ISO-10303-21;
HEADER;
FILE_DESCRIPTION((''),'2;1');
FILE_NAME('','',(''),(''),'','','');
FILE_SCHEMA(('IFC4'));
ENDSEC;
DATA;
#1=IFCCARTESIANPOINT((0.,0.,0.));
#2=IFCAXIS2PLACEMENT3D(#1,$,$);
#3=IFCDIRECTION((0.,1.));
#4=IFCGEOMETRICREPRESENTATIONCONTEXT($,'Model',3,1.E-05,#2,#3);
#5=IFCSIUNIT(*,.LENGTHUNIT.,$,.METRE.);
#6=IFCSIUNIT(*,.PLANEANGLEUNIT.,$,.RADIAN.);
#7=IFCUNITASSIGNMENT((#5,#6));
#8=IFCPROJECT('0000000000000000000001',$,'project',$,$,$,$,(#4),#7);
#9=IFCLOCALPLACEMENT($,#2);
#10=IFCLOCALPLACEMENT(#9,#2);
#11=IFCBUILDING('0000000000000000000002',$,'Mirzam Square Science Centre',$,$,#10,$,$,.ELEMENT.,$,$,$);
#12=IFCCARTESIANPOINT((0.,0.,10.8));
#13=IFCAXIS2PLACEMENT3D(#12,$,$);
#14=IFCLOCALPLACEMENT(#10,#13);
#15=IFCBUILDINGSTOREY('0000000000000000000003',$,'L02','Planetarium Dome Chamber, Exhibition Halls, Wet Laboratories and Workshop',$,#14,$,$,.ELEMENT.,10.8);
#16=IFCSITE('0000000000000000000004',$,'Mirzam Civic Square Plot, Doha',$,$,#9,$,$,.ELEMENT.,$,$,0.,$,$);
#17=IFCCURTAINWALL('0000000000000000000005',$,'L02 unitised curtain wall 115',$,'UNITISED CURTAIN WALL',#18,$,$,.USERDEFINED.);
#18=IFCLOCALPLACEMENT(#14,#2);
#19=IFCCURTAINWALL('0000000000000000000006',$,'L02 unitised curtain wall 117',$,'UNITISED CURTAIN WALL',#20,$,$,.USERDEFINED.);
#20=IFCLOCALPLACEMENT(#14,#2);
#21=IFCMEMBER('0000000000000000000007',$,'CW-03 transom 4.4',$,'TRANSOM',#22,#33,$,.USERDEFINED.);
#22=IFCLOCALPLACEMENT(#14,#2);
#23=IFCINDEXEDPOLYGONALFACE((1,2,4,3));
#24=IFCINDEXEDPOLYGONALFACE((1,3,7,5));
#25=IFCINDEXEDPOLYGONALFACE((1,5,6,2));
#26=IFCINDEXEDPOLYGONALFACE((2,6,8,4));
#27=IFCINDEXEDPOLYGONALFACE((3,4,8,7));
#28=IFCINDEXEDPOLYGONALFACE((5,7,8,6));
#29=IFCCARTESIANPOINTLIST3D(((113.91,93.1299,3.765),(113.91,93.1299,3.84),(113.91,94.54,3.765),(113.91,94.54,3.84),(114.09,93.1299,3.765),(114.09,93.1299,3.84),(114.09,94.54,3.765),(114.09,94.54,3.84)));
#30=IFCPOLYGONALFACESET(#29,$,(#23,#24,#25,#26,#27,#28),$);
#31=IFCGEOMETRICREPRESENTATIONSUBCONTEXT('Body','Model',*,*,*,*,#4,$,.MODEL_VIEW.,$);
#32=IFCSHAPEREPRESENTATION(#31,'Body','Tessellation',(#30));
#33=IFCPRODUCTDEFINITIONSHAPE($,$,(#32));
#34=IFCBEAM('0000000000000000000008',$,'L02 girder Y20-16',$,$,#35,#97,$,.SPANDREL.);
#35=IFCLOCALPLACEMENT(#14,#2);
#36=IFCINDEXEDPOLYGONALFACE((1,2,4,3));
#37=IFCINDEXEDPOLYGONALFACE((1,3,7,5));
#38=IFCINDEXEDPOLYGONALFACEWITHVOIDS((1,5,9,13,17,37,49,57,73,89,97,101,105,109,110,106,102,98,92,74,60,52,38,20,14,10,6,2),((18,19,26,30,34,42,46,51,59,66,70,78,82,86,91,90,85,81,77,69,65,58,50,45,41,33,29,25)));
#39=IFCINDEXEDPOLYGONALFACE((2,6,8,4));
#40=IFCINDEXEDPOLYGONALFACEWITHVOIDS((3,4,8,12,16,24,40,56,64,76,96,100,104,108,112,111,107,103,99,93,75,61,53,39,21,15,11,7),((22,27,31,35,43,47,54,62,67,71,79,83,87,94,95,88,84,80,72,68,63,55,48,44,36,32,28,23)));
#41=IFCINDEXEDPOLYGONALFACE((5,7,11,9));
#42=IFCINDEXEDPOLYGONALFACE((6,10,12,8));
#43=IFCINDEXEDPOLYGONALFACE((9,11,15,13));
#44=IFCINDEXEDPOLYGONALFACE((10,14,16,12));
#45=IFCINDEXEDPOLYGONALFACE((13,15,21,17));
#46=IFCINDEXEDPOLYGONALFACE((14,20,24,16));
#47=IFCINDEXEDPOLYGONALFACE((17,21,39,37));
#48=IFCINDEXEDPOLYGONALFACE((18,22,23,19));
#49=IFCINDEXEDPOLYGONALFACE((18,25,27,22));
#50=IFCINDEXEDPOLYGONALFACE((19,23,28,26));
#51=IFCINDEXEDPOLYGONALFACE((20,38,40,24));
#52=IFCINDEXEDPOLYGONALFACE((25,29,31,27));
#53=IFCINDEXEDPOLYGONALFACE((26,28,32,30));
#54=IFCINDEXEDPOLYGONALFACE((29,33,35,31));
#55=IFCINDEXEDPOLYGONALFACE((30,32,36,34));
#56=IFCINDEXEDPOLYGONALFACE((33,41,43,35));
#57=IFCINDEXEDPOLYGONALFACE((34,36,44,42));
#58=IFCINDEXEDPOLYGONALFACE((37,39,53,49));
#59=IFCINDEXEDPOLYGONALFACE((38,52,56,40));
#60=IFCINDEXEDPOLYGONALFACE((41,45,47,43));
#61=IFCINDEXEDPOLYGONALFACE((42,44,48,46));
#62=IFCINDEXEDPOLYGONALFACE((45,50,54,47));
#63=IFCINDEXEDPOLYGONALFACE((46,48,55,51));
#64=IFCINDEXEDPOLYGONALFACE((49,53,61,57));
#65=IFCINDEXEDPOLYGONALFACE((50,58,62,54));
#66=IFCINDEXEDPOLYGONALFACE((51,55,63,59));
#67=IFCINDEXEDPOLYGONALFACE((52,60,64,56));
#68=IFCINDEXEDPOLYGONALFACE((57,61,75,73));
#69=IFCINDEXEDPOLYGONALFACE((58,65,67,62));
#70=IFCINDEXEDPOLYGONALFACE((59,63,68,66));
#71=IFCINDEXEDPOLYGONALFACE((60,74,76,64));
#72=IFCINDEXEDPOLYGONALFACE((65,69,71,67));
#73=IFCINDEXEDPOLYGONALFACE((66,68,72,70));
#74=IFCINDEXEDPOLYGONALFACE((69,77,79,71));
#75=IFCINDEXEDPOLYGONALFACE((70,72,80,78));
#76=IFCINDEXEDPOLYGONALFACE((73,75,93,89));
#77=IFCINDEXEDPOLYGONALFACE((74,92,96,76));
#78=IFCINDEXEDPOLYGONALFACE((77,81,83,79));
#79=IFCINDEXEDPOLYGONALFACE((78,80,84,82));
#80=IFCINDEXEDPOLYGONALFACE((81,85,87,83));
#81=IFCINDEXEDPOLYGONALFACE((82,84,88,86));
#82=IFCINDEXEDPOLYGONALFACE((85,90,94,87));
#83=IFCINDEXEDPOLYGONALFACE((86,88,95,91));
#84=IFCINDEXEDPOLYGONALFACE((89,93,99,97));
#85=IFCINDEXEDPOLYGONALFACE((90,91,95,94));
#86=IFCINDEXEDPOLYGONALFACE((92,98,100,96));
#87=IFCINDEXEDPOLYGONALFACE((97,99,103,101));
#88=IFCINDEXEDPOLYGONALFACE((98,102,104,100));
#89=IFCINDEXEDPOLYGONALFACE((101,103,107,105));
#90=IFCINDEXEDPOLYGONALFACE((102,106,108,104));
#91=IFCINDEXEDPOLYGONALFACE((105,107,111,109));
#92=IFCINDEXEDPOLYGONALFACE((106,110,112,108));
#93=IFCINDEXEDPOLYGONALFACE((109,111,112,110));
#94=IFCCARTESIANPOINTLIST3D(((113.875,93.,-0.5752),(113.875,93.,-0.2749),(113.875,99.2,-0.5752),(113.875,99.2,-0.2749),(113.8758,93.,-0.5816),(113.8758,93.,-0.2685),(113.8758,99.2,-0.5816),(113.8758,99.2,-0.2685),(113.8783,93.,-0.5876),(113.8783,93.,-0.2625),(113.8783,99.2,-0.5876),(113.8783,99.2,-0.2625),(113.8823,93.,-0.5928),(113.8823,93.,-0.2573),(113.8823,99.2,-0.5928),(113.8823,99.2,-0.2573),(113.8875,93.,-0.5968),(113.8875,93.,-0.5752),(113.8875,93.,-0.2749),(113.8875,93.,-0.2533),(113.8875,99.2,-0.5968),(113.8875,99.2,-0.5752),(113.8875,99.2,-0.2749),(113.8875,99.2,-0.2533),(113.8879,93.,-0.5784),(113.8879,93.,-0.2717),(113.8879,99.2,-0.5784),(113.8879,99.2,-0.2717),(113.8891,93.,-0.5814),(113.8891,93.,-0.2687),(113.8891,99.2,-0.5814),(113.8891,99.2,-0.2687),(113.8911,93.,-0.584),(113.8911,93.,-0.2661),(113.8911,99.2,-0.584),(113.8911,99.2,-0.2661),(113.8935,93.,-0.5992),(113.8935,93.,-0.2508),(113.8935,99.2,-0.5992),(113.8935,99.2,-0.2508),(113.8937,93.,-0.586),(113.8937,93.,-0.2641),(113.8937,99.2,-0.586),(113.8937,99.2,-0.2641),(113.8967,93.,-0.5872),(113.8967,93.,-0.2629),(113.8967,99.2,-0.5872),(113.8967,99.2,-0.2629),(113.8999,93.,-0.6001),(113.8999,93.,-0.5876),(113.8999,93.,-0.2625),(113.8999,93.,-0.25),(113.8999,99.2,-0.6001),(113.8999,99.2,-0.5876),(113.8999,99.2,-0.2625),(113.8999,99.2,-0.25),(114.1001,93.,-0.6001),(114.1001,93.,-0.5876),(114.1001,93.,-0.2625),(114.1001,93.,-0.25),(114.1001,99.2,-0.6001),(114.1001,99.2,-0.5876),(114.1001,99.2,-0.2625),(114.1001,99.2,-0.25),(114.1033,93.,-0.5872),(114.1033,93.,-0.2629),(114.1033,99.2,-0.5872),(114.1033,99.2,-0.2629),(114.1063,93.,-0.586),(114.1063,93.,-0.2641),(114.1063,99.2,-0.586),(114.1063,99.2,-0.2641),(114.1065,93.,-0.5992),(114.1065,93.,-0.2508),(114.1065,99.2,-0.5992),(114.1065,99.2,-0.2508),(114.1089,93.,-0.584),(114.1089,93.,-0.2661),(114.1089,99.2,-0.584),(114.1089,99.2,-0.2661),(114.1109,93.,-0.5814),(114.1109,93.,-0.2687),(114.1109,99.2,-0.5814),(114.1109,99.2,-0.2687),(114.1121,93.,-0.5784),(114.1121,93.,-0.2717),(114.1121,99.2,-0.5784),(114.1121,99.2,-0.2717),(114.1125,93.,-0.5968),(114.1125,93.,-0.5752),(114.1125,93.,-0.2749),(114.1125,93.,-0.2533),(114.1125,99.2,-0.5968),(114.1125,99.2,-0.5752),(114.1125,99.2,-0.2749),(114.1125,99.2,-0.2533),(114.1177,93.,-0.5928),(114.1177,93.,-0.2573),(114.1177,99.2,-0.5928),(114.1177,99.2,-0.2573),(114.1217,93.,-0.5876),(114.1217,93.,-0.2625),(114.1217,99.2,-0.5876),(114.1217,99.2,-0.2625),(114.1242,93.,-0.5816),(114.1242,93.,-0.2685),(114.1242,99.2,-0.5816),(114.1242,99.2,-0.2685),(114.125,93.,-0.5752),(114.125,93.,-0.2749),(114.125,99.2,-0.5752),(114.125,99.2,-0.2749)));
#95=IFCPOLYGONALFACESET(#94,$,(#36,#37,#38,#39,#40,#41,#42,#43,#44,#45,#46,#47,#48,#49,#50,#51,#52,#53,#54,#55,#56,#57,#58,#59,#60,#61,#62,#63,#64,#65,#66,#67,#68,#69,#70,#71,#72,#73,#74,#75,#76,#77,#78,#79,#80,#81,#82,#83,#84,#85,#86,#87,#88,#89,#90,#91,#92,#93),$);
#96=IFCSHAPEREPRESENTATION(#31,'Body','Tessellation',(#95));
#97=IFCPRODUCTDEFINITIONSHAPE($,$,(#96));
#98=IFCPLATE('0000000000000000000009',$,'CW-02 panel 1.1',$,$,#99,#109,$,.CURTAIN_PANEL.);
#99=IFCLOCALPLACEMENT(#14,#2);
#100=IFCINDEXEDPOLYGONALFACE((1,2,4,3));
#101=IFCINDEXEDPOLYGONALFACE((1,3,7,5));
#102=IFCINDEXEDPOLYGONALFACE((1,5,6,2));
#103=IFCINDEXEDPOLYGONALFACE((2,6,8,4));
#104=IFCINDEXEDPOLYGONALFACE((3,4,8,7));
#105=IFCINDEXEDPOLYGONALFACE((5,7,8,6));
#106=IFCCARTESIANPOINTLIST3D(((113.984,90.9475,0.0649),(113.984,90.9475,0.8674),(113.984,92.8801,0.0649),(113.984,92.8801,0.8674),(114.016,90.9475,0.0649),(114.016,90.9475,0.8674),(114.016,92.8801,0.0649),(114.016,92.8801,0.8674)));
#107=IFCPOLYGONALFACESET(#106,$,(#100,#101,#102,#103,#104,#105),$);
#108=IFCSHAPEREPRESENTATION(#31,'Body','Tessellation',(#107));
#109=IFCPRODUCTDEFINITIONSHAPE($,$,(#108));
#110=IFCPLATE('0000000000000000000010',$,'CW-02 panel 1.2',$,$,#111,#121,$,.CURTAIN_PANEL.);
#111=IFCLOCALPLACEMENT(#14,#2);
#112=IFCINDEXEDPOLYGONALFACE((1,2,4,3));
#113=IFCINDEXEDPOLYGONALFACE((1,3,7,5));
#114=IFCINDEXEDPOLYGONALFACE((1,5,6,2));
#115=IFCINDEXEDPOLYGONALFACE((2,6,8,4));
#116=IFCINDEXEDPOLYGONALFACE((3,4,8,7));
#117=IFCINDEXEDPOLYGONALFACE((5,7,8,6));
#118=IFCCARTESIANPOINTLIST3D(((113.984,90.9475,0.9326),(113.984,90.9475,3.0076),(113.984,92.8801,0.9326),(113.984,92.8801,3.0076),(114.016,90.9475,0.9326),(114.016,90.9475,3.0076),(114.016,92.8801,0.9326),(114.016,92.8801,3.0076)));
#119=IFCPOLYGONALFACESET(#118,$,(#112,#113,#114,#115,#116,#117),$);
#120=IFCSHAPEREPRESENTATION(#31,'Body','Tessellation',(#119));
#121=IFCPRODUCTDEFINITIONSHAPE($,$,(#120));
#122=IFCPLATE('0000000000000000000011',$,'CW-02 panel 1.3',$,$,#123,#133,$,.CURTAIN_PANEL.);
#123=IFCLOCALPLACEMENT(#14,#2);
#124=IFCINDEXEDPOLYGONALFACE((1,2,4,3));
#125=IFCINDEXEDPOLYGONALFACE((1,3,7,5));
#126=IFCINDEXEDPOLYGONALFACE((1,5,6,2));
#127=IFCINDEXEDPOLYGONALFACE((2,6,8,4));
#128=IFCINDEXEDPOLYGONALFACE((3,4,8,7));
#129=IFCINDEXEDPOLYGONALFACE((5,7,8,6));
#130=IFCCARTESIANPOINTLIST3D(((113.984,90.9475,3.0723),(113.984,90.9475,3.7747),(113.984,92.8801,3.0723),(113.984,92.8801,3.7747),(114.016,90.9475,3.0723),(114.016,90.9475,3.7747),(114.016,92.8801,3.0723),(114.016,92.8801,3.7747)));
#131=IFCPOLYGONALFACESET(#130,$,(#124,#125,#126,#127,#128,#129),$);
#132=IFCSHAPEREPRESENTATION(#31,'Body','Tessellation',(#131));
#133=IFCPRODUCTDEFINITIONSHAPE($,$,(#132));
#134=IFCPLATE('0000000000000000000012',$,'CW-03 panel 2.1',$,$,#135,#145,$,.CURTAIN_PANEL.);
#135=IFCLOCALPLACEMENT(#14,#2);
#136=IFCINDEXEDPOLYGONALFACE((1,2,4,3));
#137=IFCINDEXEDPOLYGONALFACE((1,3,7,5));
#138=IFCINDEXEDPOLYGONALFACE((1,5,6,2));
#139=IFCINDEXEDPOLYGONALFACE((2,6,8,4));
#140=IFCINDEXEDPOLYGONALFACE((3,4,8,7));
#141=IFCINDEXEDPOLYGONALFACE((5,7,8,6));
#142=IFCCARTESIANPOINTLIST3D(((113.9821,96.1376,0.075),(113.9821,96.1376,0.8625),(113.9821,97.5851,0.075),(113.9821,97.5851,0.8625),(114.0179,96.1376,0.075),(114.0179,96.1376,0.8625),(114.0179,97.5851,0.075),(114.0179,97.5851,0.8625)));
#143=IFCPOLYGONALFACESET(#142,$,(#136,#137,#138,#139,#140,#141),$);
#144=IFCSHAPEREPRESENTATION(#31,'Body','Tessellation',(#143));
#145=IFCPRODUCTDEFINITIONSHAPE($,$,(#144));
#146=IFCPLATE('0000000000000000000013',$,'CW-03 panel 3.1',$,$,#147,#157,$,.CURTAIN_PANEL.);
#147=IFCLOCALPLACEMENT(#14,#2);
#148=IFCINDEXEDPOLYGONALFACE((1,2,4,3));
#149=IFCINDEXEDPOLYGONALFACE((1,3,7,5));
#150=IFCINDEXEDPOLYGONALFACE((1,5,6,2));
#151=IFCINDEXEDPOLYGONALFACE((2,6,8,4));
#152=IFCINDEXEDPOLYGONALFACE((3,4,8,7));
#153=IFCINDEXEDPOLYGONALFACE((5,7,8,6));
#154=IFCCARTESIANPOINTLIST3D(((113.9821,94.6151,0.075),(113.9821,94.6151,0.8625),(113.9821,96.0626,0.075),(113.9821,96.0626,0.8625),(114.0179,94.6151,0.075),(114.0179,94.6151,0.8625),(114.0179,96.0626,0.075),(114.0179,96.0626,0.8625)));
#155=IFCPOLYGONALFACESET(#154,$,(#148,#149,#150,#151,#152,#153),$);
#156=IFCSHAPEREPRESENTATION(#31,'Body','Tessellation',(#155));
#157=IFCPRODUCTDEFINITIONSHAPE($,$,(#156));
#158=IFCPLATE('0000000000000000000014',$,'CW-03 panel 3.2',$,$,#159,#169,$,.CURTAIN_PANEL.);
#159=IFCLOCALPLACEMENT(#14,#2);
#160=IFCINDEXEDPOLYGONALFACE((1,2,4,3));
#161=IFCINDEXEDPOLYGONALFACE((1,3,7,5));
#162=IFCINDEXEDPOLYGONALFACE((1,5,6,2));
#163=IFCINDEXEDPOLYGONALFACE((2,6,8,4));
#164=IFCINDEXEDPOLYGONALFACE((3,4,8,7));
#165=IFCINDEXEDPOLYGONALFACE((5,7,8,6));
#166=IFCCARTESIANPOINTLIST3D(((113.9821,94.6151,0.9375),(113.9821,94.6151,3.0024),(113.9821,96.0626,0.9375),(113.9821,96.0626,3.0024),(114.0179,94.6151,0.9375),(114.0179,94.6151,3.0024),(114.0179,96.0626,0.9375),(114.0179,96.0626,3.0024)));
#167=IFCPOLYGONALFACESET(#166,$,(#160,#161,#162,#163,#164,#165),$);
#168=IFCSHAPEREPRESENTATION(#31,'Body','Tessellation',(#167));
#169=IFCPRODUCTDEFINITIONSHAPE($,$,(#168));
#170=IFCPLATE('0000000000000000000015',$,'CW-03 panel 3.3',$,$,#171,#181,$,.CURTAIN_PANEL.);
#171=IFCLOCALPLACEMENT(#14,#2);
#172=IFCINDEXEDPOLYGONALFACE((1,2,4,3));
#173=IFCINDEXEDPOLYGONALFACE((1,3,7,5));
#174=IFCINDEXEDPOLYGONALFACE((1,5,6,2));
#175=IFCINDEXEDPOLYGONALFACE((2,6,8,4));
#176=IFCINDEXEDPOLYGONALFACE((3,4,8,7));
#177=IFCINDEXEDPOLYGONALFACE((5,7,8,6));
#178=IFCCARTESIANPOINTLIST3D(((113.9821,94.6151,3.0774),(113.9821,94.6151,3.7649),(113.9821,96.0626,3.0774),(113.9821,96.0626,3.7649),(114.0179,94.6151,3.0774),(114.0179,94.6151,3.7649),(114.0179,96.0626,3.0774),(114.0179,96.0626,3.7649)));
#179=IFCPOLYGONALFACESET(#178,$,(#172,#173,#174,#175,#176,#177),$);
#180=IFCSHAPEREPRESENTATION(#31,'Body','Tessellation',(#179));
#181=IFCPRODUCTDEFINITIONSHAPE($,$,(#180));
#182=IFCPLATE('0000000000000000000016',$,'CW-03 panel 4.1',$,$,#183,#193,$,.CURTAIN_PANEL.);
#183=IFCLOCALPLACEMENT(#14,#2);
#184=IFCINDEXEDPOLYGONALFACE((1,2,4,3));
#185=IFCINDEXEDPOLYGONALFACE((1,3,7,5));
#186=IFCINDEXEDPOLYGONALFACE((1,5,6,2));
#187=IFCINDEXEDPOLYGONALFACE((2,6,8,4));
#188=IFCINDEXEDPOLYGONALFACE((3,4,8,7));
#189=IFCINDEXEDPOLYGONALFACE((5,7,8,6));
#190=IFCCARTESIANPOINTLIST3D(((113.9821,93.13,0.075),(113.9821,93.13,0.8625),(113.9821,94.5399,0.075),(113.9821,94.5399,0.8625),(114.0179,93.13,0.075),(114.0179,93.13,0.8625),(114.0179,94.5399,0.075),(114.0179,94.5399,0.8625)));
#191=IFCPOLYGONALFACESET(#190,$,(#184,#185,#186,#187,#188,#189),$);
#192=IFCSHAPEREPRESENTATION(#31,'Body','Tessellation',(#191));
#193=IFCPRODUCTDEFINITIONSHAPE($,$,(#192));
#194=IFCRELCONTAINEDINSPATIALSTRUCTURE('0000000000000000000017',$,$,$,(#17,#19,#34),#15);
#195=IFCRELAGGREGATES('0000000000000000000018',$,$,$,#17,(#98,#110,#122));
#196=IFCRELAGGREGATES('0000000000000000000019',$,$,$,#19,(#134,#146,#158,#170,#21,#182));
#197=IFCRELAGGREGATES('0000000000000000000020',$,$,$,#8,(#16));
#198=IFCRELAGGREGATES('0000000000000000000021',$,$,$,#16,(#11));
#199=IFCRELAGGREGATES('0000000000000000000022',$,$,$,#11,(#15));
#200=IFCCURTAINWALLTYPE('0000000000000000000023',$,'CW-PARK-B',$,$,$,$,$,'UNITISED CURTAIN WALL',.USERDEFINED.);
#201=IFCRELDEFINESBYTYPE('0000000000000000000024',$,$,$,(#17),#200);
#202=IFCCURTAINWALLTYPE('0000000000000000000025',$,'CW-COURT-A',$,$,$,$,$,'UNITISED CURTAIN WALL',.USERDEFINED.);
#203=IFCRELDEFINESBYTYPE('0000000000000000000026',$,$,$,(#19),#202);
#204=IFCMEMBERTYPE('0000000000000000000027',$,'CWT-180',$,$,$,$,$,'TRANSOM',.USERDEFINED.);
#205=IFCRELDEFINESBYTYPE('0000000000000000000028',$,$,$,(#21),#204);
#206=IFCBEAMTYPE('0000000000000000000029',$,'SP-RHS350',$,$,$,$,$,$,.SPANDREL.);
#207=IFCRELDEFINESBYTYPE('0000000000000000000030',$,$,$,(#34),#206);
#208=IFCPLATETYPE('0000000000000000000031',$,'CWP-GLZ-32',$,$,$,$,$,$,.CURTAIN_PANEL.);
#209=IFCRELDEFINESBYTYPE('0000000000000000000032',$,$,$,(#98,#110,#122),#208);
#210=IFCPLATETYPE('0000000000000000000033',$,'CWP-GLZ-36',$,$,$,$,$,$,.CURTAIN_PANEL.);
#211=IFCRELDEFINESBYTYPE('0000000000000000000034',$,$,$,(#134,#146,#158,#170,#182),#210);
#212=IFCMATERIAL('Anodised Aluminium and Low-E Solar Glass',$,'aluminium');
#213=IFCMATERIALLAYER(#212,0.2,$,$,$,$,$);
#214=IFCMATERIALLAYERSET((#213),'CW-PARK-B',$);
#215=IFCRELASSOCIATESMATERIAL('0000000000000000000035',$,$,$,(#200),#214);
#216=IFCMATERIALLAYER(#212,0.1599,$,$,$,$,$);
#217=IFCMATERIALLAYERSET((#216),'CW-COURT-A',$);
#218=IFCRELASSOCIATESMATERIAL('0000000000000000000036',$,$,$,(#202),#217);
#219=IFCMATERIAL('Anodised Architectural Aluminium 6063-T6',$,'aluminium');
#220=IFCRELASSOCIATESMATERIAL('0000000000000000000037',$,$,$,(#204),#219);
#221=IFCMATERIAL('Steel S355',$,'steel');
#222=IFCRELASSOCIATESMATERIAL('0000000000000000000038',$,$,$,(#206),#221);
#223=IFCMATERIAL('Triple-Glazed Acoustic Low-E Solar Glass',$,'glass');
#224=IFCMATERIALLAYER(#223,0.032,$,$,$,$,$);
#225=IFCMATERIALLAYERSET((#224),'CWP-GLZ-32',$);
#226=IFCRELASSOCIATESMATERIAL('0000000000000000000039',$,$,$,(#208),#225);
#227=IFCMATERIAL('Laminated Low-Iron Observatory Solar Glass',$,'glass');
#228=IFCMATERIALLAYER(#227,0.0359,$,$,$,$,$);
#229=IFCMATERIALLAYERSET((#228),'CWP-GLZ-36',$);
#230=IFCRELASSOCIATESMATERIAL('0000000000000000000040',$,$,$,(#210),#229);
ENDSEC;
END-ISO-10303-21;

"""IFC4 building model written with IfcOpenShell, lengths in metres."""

from ifc_helpers import new_model, si_unit, direction, frame, origin, origin_2d, place, context, subcontext, project, spatial, rectangle, hollow_rectangle, extrude, material, layer, layer_set, material_profile, profile_set, type_object, element, aggregate, save


model = new_model("IFC4")

# Units and contexts
model_context = context("Model", 3, precision=1e-05, world=origin(), true_north=direction((0.0, 1.0)))
body_context = subcontext(model_context, "Body", "Model", "MODEL_VIEW")
ifc_project = project(units=[si_unit("LENGTHUNIT", "METRE"), si_unit("PLANEANGLEUNIT", "RADIAN")], contexts=[model_context])

# Site, building, storey
site_placement = place(None, origin())
site = spatial("IfcSite", under=ifc_project, at=site_placement, Name="Mirzam Civic Square Plot, Doha", CompositionType="ELEMENT", RefElevation=0.0)
building_placement = place(site_placement, origin())
building = spatial("IfcBuilding", under=site, at=building_placement, Name="Mirzam Square Science Centre", CompositionType="ELEMENT")
storey_placement = place(building_placement, frame((0.0, 0.0, 10.8)))
storey = spatial("IfcBuildingStorey", under=building, at=storey_placement, Name="L02", Description="Planetarium Dome Chamber, Exhibition Halls, Wet Laboratories and Workshop", CompositionType="ELEMENT", Elevation=10.8)

# Shared definitions
ifc_material_1 = material(Name="Steel S355", Category="steel")

# Curtain walls
ifc_material_2 = material(Name="Anodised Aluminium and Low-E Solar Glass", Category="aluminium")
ifc_layer_1 = layer(ifc_material_2, 0.2)
ifc_layer_set_1 = layer_set([ifc_layer_1], Name="CW-PARK-B")
curtain_wall_type_1 = type_object("IfcCurtainWallType", Name="CW-PARK-B", ElementType="UNITISED CURTAIN WALL", PredefinedType="USERDEFINED", material=ifc_layer_set_1)
curtain_wall_1_placement = place(storey_placement, origin())
curtain_wall_1 = element("IfcCurtainWall", 1, at=curtain_wall_1_placement, inside=storey, type_object=curtain_wall_type_1, Name="L02 unitised curtain wall 115", ObjectType="UNITISED CURTAIN WALL", PredefinedType="USERDEFINED")
ifc_material_3 = material(Name="Anodised Architectural Aluminium 6063-T6", Category="aluminium")
ifc_layer_2 = layer(ifc_material_2, 0.1599)
ifc_layer_set_2 = layer_set([ifc_layer_2], Name="CW-COURT-A")
curtain_wall_type_2 = type_object("IfcCurtainWallType", Name="CW-COURT-A", ElementType="UNITISED CURTAIN WALL", PredefinedType="USERDEFINED", material=ifc_layer_set_2)
curtain_wall_2_placement = place(storey_placement, origin())
curtain_wall_2 = element("IfcCurtainWall", 2, at=curtain_wall_2_placement, inside=storey, type_object=curtain_wall_type_2, Name="L02 unitised curtain wall 117", ObjectType="UNITISED CURTAIN WALL", PredefinedType="USERDEFINED")

# Member
ifc_material_profile_1 = material_profile(ifc_material_3, rectangle(XDim=0.1799, YDim=0.075, at=origin_2d()), Name="ALU-TRAN-180x75x5")
ifc_profile_set_1 = profile_set([ifc_material_profile_1], Name="Anodised Architectural Aluminium 6063-T6")
member_type_1 = type_object("IfcMemberType", Name="CWT-180", ElementType="TRANSOM", PredefinedType="USERDEFINED", material=ifc_profile_set_1)
member_1_placement = place(storey_placement, frame((114.0, 94.54, 3.8025), z_axis=(0.0, -1.0, 0.0), x_axis=(1.0, 0.0, 0.0)))
member_1 = element("IfcMember", 3, at=member_1_placement, type_object=member_type_1, Name="CW-03 transom 4.4", ObjectType="TRANSOM", PredefinedType="USERDEFINED", context=body_context, shape_type="SweptSolid", body=[
    extrude(rectangle(XDim=0.1799, YDim=0.075, at=origin_2d()), origin(), (0.0, 0.0, 1.0), 1.4102),
])

# Beam
ifc_material_profile_2 = material_profile(ifc_material_1, hollow_rectangle(XDim=0.25, YDim=0.3501, WallThickness=0.0125, InnerFilletRadius=0.0125, OuterFilletRadius=0.0249, at=origin_2d()), Name="350x250x12.5RHS")
ifc_profile_set_2 = profile_set([ifc_material_profile_2], Name="Steel S355")
beam_type_1 = type_object("IfcBeamType", Name="SP-RHS350", PredefinedType="SPANDREL", material=ifc_profile_set_2)
beam_1_placement = place(storey_placement, frame((114.0, 93.0, -0.425), z_axis=(0.0, 1.0, 0.0), x_axis=(-1.0, 0.0, 0.0)))
element("IfcBeam", 4, at=beam_1_placement, inside=storey, type_object=beam_type_1, Name="L02 girder Y20-16", PredefinedType="SPANDREL", context=body_context, shape_type="SweptSolid", body=[
    extrude(hollow_rectangle(XDim=0.25, YDim=0.3501, WallThickness=0.0125, InnerFilletRadius=0.0125, OuterFilletRadius=0.0249, at=origin_2d()), origin(), (0.0, 0.0, 1.0), 6.2),
])

# Plates
ifc_material_4 = material(Name="Triple-Glazed Acoustic Low-E Solar Glass", Category="glass")
ifc_layer_3 = layer(ifc_material_4, 0.032)
ifc_layer_set_3 = layer_set([ifc_layer_3], Name="CWP-GLZ-32")
plate_type_1 = type_object("IfcPlateType", Name="CWP-GLZ-32", PredefinedType="CURTAIN_PANEL", material=ifc_layer_set_3)
plate_1_placement = place(storey_placement, frame((114.0, 91.9138, 0.0649), z_axis=(0.0, 0.0, 1.0), x_axis=(0.0, -1.0, 0.0)))
plate_1 = element("IfcPlate", 5, at=plate_1_placement, type_object=plate_type_1, Name="CW-02 panel 1.1", PredefinedType="CURTAIN_PANEL", context=body_context, shape_type="SweptSolid", body=[
    extrude(rectangle(XDim=1.9326, YDim=0.032, at=origin_2d()), origin(), (0.0, 0.0, 1.0), 0.8025),
])
plate_2_placement = place(storey_placement, frame((114.0, 91.9138, 0.9326), z_axis=(0.0, 0.0, 1.0), x_axis=(0.0, -1.0, 0.0)))
plate_2 = element("IfcPlate", 6, at=plate_2_placement, type_object=plate_type_1, Name="CW-02 panel 1.2", PredefinedType="CURTAIN_PANEL", context=body_context, shape_type="SweptSolid", body=[
    extrude(rectangle(XDim=1.9326, YDim=0.032, at=origin_2d()), origin(), (0.0, 0.0, 1.0), 2.075),
])
plate_3_placement = place(storey_placement, frame((114.0, 91.9138, 3.0723), z_axis=(0.0, 0.0, 1.0), x_axis=(0.0, -1.0, 0.0)))
plate_3 = element("IfcPlate", 7, at=plate_3_placement, type_object=plate_type_1, Name="CW-02 panel 1.3", PredefinedType="CURTAIN_PANEL", context=body_context, shape_type="SweptSolid", body=[
    extrude(rectangle(XDim=1.9326, YDim=0.032, at=origin_2d()), origin(), (0.0, 0.0, 1.0), 0.7024),
])
aggregate(curtain_wall_1, [plate_1, plate_2, plate_3])
ifc_material_5 = material(Name="Laminated Low-Iron Observatory Solar Glass", Category="glass")
ifc_layer_4 = layer(ifc_material_5, 0.0359)
ifc_layer_set_4 = layer_set([ifc_layer_4], Name="CWP-GLZ-36")
plate_type_2 = type_object("IfcPlateType", Name="CWP-GLZ-36", PredefinedType="CURTAIN_PANEL", material=ifc_layer_set_4)
plate_4_placement = place(storey_placement, frame((114.0, 96.8613, 0.075), z_axis=(0.0, 0.0, 1.0), x_axis=(0.0, -1.0, 0.0)))
plate_4 = element("IfcPlate", 8, at=plate_4_placement, type_object=plate_type_2, Name="CW-03 panel 2.1", PredefinedType="CURTAIN_PANEL", context=body_context, shape_type="SweptSolid", body=[
    extrude(rectangle(XDim=1.4475, YDim=0.0359, at=origin_2d()), origin(), (0.0, 0.0, 1.0), 0.7876),
])
plate_5_placement = place(storey_placement, frame((114.0, 95.3389, 0.075), z_axis=(0.0, 0.0, 1.0), x_axis=(0.0, -1.0, 0.0)))
plate_5 = element("IfcPlate", 9, at=plate_5_placement, type_object=plate_type_2, Name="CW-03 panel 3.1", PredefinedType="CURTAIN_PANEL", context=body_context, shape_type="SweptSolid", body=[
    extrude(rectangle(XDim=1.4475, YDim=0.0359, at=origin_2d()), origin(), (0.0, 0.0, 1.0), 0.7876),
])
plate_6_placement = place(storey_placement, frame((114.0, 95.3389, 0.9375), z_axis=(0.0, 0.0, 1.0), x_axis=(0.0, -1.0, 0.0)))
plate_6 = element("IfcPlate", 10, at=plate_6_placement, type_object=plate_type_2, Name="CW-03 panel 3.2", PredefinedType="CURTAIN_PANEL", context=body_context, shape_type="SweptSolid", body=[
    extrude(rectangle(XDim=1.4475, YDim=0.0359, at=origin_2d()), origin(), (0.0, 0.0, 1.0), 2.0649),
])
plate_7_placement = place(storey_placement, frame((114.0, 95.3389, 3.0774), z_axis=(0.0, 0.0, 1.0), x_axis=(0.0, -1.0, 0.0)))
plate_7 = element("IfcPlate", 11, at=plate_7_placement, type_object=plate_type_2, Name="CW-03 panel 3.3", PredefinedType="CURTAIN_PANEL", context=body_context, shape_type="SweptSolid", body=[
    extrude(rectangle(XDim=1.4475, YDim=0.0359, at=origin_2d()), origin(), (0.0, 0.0, 1.0), 0.6875),
])
plate_8_placement = place(storey_placement, frame((114.0, 93.835, 0.075), z_axis=(0.0, 0.0, 1.0), x_axis=(0.0, -1.0, 0.0)))
plate_8 = element("IfcPlate", 12, at=plate_8_placement, type_object=plate_type_2, Name="CW-03 panel 4.1", PredefinedType="CURTAIN_PANEL", context=body_context, shape_type="SweptSolid", body=[
    extrude(rectangle(XDim=1.4099, YDim=0.0359, at=origin_2d()), origin(), (0.0, 0.0, 1.0), 0.7876),
])
aggregate(curtain_wall_2, [plate_4, plate_5, plate_6, plate_7, member_1, plate_8])

save(model, "model.ifc")
